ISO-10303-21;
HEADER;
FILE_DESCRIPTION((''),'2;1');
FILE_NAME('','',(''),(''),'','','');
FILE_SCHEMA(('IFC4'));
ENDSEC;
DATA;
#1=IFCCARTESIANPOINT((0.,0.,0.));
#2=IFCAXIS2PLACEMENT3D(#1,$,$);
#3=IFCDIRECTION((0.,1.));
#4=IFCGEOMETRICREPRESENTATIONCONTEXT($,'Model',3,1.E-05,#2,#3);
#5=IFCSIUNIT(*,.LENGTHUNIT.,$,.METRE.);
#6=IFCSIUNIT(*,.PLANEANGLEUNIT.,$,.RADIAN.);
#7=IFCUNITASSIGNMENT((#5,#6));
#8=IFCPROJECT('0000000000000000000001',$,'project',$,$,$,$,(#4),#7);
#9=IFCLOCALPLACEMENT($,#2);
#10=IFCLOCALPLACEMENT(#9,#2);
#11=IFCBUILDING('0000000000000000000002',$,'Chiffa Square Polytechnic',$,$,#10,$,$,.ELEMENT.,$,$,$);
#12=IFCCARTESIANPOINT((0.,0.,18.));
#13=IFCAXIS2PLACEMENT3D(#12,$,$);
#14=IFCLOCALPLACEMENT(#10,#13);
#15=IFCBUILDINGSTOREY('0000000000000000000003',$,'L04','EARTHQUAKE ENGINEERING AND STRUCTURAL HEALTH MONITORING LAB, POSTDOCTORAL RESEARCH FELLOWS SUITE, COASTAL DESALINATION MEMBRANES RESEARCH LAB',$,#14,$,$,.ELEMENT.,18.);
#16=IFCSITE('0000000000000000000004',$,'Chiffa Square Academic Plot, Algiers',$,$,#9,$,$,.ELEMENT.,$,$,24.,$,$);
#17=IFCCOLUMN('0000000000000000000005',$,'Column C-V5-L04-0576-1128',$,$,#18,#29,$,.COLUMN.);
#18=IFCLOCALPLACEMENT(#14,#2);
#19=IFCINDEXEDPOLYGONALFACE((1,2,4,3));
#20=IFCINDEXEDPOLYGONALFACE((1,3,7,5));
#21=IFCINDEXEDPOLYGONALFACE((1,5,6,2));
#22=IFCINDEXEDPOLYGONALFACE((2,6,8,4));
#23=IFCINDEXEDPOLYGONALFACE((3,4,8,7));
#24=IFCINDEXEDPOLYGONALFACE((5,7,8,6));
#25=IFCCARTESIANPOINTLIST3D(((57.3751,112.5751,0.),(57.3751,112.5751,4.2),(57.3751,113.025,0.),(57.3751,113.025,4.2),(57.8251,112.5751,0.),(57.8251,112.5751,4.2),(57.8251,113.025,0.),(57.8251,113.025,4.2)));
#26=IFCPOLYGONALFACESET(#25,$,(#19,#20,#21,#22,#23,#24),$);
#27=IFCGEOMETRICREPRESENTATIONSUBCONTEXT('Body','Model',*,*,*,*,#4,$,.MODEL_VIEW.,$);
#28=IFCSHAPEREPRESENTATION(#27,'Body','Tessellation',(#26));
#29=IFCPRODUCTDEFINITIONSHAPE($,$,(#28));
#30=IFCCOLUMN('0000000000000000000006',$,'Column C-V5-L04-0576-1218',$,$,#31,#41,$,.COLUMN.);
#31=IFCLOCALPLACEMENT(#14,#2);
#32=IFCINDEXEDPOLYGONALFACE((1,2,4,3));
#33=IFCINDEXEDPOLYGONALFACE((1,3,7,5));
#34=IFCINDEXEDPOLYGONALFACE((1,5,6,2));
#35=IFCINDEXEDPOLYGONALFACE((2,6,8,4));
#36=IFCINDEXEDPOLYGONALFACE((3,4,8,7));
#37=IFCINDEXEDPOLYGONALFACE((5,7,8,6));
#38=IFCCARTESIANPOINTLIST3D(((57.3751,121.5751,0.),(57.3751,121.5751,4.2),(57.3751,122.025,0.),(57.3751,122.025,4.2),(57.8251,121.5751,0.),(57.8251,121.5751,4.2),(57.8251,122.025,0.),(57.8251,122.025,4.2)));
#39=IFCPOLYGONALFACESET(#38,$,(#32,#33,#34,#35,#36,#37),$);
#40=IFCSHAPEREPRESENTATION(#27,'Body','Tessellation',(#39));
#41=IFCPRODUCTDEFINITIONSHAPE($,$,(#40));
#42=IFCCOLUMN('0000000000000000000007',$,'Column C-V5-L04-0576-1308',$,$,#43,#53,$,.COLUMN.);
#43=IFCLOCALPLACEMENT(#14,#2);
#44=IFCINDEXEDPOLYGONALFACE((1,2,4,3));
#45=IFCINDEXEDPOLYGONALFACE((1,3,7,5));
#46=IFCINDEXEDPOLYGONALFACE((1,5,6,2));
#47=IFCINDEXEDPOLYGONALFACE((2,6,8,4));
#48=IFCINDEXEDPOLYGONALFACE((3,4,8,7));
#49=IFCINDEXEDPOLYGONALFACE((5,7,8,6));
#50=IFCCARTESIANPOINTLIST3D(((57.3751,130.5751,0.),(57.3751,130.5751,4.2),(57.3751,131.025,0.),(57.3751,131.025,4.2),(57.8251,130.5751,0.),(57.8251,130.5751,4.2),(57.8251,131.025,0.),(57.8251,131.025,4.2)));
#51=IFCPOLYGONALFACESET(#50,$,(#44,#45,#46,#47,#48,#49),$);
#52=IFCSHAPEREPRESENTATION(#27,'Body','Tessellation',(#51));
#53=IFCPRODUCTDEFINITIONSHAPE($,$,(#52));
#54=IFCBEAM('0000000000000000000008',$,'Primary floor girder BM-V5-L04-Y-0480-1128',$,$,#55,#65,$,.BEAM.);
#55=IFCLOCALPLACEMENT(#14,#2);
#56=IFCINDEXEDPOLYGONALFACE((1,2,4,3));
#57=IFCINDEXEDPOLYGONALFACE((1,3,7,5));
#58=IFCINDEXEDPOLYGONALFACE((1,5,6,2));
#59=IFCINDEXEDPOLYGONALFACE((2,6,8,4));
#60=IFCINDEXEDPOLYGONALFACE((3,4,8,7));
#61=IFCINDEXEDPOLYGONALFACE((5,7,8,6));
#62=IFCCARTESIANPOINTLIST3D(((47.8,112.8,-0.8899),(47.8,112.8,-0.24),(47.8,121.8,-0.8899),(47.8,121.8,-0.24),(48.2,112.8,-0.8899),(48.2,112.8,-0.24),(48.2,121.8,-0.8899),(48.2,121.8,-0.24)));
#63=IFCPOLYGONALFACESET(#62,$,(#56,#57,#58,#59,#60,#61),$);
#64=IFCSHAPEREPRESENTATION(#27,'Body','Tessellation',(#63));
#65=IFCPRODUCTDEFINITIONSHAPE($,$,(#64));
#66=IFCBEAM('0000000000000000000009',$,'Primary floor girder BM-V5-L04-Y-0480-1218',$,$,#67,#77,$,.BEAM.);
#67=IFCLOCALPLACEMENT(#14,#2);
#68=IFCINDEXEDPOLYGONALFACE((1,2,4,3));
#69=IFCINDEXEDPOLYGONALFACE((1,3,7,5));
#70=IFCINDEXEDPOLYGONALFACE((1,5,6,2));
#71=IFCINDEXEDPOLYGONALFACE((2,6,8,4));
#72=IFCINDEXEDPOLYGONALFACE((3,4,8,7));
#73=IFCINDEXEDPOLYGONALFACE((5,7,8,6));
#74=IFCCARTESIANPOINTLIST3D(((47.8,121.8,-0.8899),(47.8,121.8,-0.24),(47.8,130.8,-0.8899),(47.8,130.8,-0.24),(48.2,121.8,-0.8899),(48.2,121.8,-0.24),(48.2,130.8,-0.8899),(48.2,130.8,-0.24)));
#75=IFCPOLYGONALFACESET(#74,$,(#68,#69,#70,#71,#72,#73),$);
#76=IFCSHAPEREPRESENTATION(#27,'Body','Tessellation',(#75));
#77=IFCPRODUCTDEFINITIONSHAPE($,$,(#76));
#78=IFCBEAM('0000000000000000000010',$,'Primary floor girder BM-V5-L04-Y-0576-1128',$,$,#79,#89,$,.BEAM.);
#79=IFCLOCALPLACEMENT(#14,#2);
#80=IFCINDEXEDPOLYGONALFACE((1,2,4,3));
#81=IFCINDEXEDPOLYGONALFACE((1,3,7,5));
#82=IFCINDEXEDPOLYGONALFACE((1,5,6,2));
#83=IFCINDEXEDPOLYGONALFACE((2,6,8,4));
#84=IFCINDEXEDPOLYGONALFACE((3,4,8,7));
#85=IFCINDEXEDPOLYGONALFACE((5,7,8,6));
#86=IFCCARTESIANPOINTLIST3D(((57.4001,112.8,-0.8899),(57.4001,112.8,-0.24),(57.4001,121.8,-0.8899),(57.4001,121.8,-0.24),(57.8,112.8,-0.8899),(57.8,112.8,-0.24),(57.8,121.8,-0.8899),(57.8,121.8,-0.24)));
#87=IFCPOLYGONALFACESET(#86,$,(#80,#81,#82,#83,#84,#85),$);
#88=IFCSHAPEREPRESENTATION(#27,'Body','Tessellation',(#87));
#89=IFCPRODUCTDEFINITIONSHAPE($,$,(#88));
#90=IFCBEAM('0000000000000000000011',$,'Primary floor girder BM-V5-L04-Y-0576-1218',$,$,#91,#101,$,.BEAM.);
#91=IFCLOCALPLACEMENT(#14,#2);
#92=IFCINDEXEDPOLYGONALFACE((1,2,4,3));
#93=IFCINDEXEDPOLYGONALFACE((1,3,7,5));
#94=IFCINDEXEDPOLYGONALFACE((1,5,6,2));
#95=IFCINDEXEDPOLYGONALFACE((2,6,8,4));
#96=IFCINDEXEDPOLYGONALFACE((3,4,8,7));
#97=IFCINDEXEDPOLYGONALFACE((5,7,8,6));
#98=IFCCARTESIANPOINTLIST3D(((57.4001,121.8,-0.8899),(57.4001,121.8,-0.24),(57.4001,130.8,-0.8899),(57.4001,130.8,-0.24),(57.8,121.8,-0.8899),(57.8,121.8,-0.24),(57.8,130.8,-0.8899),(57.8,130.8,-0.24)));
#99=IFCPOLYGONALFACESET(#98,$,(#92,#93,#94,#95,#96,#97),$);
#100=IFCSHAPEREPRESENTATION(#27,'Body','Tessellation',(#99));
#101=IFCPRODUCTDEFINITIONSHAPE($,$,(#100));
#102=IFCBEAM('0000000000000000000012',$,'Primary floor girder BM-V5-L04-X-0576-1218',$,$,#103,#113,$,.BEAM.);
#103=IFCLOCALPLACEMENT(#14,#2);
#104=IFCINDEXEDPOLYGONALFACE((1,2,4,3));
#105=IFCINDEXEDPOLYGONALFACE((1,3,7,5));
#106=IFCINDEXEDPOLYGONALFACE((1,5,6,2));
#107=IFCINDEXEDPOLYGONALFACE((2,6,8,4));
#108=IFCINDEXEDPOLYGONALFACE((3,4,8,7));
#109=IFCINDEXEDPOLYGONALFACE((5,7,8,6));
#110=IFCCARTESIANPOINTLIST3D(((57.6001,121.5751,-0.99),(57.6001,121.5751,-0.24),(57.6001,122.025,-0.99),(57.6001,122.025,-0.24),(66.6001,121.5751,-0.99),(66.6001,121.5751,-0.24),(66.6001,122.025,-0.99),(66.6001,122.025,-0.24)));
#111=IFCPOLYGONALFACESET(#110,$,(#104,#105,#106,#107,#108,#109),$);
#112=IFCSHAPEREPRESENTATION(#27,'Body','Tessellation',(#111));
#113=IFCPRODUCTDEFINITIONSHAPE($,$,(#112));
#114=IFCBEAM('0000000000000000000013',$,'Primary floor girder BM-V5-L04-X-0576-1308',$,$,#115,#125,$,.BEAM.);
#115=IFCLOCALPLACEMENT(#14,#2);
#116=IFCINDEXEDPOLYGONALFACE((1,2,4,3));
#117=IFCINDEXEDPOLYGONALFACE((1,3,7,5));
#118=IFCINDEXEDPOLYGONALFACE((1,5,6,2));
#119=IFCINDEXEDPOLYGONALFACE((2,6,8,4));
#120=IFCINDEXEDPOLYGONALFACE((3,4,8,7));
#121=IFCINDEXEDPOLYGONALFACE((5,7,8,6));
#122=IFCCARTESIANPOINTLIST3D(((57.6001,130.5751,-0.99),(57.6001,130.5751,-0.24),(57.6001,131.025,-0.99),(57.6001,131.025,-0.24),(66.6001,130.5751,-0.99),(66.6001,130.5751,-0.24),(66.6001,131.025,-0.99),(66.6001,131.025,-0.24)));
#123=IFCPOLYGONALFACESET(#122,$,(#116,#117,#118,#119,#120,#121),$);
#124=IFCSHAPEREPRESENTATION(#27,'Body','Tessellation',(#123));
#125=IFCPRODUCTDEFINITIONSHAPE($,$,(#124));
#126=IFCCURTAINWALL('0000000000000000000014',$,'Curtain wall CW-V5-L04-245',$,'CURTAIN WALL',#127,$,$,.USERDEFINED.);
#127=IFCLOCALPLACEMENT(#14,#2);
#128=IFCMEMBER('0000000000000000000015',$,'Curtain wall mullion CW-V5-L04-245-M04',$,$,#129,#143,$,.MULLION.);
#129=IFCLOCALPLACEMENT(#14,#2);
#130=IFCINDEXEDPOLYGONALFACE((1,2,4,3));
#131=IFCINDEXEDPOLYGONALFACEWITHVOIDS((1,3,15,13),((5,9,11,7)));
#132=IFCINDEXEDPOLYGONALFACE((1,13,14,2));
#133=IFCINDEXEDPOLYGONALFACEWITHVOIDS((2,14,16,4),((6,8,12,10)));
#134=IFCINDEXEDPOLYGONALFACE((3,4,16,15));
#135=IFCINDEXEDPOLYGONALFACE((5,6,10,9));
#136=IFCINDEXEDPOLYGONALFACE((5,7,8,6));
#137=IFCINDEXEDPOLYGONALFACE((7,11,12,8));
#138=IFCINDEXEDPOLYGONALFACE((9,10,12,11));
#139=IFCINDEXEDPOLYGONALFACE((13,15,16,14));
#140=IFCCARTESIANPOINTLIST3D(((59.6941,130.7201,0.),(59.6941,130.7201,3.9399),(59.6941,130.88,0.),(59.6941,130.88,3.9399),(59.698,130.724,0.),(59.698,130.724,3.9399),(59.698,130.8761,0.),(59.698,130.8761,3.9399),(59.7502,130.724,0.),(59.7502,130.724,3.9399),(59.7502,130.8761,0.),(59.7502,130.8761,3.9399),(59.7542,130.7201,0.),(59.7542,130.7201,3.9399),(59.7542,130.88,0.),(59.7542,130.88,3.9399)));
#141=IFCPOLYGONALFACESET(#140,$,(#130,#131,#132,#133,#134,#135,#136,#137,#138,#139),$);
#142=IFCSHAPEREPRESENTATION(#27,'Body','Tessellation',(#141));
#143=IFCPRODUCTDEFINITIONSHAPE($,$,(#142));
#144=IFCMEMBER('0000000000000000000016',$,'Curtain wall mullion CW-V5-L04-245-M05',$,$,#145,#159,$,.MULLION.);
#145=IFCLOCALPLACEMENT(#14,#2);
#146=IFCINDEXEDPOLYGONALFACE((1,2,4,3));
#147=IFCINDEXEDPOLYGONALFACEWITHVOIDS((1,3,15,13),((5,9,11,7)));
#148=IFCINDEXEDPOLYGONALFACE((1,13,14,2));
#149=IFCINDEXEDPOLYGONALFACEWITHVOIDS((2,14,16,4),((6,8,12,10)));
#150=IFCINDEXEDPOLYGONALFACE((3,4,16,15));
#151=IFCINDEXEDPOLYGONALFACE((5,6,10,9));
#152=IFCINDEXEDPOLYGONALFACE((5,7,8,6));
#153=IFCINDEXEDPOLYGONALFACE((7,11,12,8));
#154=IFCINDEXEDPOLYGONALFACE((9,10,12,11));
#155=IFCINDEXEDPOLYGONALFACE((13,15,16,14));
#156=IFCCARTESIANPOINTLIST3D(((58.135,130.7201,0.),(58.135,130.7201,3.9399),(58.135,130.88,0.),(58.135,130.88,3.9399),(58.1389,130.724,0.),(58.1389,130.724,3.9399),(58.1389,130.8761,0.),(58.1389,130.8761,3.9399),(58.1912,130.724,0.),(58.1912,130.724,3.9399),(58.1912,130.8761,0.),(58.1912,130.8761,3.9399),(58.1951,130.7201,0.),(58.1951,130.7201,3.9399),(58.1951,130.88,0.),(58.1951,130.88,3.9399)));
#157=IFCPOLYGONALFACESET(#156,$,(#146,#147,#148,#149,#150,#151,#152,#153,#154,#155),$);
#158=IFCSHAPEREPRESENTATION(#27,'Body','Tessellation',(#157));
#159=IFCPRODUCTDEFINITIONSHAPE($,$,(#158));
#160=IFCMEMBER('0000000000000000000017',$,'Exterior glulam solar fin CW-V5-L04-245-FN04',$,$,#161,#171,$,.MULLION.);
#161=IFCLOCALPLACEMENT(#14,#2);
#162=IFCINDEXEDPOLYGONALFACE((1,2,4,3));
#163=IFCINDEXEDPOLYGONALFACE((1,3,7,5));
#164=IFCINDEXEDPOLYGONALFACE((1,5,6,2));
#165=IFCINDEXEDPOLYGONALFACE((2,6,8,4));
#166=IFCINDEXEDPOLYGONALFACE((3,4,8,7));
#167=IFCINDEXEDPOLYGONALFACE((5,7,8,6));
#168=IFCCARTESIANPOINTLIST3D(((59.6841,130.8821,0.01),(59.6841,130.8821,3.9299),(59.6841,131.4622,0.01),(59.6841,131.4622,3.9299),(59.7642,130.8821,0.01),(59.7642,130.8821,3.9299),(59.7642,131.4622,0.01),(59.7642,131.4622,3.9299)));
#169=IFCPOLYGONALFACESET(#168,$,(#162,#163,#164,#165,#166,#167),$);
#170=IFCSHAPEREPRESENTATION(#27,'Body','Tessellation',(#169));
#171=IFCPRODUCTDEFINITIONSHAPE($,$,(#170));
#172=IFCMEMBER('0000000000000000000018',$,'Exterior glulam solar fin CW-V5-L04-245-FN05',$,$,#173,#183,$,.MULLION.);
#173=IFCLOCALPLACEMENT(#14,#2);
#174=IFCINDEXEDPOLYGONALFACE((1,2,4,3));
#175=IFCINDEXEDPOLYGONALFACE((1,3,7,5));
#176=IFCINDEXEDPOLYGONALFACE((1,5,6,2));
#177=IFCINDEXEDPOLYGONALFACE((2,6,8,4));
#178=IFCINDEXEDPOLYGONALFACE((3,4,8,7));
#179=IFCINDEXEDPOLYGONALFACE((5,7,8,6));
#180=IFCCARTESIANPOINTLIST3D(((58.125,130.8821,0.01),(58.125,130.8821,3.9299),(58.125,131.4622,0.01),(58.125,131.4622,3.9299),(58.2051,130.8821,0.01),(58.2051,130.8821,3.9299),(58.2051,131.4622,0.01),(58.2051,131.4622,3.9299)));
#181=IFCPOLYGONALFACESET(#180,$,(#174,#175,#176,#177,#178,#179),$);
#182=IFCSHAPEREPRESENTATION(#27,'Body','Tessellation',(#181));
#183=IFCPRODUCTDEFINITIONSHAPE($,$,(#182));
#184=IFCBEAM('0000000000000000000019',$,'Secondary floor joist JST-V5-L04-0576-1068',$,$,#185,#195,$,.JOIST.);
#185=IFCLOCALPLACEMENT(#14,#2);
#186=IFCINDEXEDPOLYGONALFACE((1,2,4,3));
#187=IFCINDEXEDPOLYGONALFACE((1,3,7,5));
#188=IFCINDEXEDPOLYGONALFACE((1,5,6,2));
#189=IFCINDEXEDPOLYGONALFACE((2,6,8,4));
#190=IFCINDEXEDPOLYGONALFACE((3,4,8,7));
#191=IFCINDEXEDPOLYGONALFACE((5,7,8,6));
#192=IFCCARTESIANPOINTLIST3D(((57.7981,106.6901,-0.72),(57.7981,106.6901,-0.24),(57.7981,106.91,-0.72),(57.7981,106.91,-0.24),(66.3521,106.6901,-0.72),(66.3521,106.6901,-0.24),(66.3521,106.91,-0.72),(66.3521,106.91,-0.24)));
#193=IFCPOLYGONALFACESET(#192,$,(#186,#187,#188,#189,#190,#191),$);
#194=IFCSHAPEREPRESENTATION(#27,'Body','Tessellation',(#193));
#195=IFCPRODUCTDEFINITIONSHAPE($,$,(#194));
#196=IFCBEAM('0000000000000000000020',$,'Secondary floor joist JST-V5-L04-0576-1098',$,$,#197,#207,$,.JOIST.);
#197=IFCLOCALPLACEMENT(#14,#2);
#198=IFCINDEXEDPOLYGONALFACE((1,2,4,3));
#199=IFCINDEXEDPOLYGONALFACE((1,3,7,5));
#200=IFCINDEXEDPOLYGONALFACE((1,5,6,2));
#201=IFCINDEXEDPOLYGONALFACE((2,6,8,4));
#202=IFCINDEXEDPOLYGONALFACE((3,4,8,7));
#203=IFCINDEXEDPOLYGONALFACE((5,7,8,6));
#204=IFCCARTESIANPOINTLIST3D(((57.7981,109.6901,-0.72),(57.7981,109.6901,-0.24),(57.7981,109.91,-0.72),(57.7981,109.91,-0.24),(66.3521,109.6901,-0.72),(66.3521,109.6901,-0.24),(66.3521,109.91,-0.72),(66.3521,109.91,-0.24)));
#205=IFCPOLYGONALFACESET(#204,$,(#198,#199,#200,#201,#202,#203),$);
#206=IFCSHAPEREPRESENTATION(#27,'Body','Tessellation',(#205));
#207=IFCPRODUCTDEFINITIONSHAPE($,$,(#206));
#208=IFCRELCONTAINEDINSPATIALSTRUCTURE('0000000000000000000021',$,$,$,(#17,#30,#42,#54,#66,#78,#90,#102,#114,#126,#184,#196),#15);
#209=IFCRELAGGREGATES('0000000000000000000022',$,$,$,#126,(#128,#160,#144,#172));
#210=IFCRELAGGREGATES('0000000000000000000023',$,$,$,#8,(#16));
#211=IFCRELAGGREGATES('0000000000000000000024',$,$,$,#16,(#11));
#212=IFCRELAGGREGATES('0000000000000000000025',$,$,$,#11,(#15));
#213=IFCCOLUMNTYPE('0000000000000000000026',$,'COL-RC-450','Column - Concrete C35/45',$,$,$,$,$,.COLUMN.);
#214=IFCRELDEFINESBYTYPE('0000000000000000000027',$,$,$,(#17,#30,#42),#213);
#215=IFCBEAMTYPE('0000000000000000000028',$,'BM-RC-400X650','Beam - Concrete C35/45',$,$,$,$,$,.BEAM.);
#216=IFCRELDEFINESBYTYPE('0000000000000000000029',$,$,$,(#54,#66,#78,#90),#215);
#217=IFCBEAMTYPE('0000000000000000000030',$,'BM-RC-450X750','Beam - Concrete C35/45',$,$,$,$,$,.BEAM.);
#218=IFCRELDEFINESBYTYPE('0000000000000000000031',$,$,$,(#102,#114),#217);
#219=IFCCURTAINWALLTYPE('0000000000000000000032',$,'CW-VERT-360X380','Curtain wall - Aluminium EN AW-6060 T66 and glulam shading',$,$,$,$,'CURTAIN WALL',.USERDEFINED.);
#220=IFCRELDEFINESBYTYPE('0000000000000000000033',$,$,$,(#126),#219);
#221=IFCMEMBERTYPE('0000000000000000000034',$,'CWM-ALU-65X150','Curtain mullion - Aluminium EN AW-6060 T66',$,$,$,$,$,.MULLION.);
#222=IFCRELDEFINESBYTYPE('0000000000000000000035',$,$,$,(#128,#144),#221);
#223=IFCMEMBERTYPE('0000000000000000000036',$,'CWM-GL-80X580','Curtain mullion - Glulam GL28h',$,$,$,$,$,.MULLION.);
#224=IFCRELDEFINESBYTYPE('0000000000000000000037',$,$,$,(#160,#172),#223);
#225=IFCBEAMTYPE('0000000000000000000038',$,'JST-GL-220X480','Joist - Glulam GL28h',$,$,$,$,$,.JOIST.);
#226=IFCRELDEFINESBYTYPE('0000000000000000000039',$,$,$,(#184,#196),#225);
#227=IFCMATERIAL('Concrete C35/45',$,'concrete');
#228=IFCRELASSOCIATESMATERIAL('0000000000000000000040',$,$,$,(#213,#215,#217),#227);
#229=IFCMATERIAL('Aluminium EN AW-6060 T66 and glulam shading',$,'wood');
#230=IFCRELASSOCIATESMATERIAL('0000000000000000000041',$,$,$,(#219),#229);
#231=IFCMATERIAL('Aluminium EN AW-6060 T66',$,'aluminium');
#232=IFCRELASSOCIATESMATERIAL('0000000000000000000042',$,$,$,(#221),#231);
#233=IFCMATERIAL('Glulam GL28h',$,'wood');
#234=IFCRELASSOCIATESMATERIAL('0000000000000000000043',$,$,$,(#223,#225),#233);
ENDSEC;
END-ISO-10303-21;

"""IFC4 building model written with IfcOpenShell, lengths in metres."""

from ifc_helpers import new_model, si_unit, direction, frame, origin, origin_2d, place, context, subcontext, project, spatial, rectangle, hollow_rectangle, extrude, material, material_profile, profile_set, type_object, element, aggregate, save


model = new_model("IFC4")

# Units and contexts
model_context = context("Model", 3, precision=1e-05, world=origin(), true_north=direction((0.0, 1.0)))
body_context = subcontext(model_context, "Body", "Model", "MODEL_VIEW")
ifc_project = project(units=[si_unit("LENGTHUNIT", "METRE"), si_unit("PLANEANGLEUNIT", "RADIAN")], contexts=[model_context])

# Site, building, storey
site_placement = place(None, origin())
site = spatial("IfcSite", under=ifc_project, at=site_placement, Name="Chiffa Square Academic Plot, Algiers", CompositionType="ELEMENT", RefElevation=24.0)
building_placement = place(site_placement, origin())
building = spatial("IfcBuilding", under=site, at=building_placement, Name="Chiffa Square Polytechnic", CompositionType="ELEMENT")
storey_placement = place(building_placement, frame((0.0, 0.0, 18.0)))
storey = spatial("IfcBuildingStorey", under=building, at=storey_placement, Name="L04", Description="EARTHQUAKE ENGINEERING AND STRUCTURAL HEALTH MONITORING LAB, POSTDOCTORAL RESEARCH FELLOWS SUITE, COASTAL DESALINATION MEMBRANES RESEARCH LAB", CompositionType="ELEMENT", Elevation=18.0)

# Columns
ifc_material_1 = material(Name="Concrete C35/45", Category="concrete")
ifc_material_profile_1 = material_profile(ifc_material_1, rectangle(XDim=0.45, YDim=0.45, at=origin_2d()), Name="RC 450x450")
ifc_profile_set_1 = profile_set([ifc_material_profile_1], Name="Concrete C35/45")
column_type = type_object("IfcColumnType", Name="COL-RC-450", Description="Column - Concrete C35/45", PredefinedType="COLUMN", material=ifc_profile_set_1)
for number, where, z_axis, x_axis, name in (
    (1, (57.6001, 112.8, 0.0), (0.0, 0.0, 1.0), (1.0, 0.0, 0.0), "Column C-V5-L04-0576-1128"),
    (2, (57.6001, 121.8, 0.0), (0.0, 0.0, 1.0), (1.0, 0.0, 0.0), "Column C-V5-L04-0576-1218"),
    (3, (57.6001, 130.8, 0.0), (0.0, 0.0, 1.0), (1.0, 0.0, 0.0), "Column C-V5-L04-0576-1308"),
):
    element("IfcColumn", number, at=place(storey_placement, frame(where, z_axis=z_axis, x_axis=x_axis)), inside=storey, type_object=column_type, Name=name, PredefinedType="COLUMN", context=body_context, shape_type="SweptSolid", body=[
        extrude(rectangle(XDim=0.45, YDim=0.45, at=origin_2d()), origin(), (0.0, 0.0, 1.0), 4.2),
    ])

# Beams
ifc_material_profile_2 = material_profile(ifc_material_1, rectangle(XDim=0.3999, YDim=0.6499, at=origin_2d()), Name="RC 400x650")
ifc_profile_set_2 = profile_set([ifc_material_profile_2], Name="Concrete C35/45")
beam_type_1 = type_object("IfcBeamType", Name="BM-RC-400X650", Description="Beam - Concrete C35/45", PredefinedType="BEAM", material=ifc_profile_set_2)
for number, where, z_axis, x_axis, name in (
    (4, (48.0, 112.8, -0.5649), (0.0, 1.0, 0.0), (-1.0, 0.0, 0.0), "Primary floor girder BM-V5-L04-Y-0480-1128"),
    (5, (48.0, 121.8, -0.5649), (0.0, 1.0, 0.0), (-1.0, 0.0, 0.0), "Primary floor girder BM-V5-L04-Y-0480-1218"),
    (6, (57.6001, 112.8, -0.5649), (0.0, 1.0, 0.0), (-1.0, 0.0, 0.0), "Primary floor girder BM-V5-L04-Y-0576-1128"),
    (7, (57.6001, 121.8, -0.5649), (0.0, 1.0, 0.0), (-1.0, 0.0, 0.0), "Primary floor girder BM-V5-L04-Y-0576-1218"),
):
    element("IfcBeam", number, at=place(storey_placement, frame(where, z_axis=z_axis, x_axis=x_axis)), inside=storey, type_object=beam_type_1, Name=name, PredefinedType="BEAM", context=body_context, shape_type="SweptSolid", body=[
        extrude(rectangle(XDim=0.3999, YDim=0.6499, at=origin_2d()), origin(), (0.0, 0.0, 1.0), 9.0),
    ])
ifc_material_profile_3 = material_profile(ifc_material_1, rectangle(XDim=0.45, YDim=0.75, at=origin_2d()), Name="RC 450x750")
ifc_profile_set_3 = profile_set([ifc_material_profile_3], Name="Concrete C35/45")
beam_type_2 = type_object("IfcBeamType", Name="BM-RC-450X750", Description="Beam - Concrete C35/45", PredefinedType="BEAM", material=ifc_profile_set_3)
for number, where, z_axis, x_axis, name in (
    (8, (57.6001, 121.8, -0.615), (1.0, 0.0, 0.0), (0.0, 1.0, 0.0), "Primary floor girder BM-V5-L04-X-0576-1218"),
    (9, (57.6001, 130.8, -0.615), (1.0, 0.0, 0.0), (0.0, 1.0, 0.0), "Primary floor girder BM-V5-L04-X-0576-1308"),
):
    element("IfcBeam", number, at=place(storey_placement, frame(where, z_axis=z_axis, x_axis=x_axis)), inside=storey, type_object=beam_type_2, Name=name, PredefinedType="BEAM", context=body_context, shape_type="SweptSolid", body=[
        extrude(rectangle(XDim=0.45, YDim=0.75, at=origin_2d()), origin(), (0.0, 0.0, 1.0), 9.0),
    ])

# Curtain wall, members
ifc_material_2 = material(Name="Aluminium EN AW-6060 T66 and glulam shading", Category="wood")
curtain_wall_type = type_object("IfcCurtainWallType", Name="CW-VERT-360X380", Description="Curtain wall - Aluminium EN AW-6060 T66 and glulam shading", ElementType="CURTAIN WALL", PredefinedType="USERDEFINED", material=ifc_material_2)
curtain_wall_placement = place(storey_placement, origin())
curtain_wall = element("IfcCurtainWall", 10, at=curtain_wall_placement, inside=storey, type_object=curtain_wall_type, Name="Curtain wall CW-V5-L04-245", ObjectType="CURTAIN WALL", PredefinedType="USERDEFINED")
ifc_material_3 = material(Name="Aluminium EN AW-6060 T66", Category="aluminium")
ifc_material_profile_4 = material_profile(ifc_material_3, hollow_rectangle(XDim=0.0601, YDim=0.1599, WallThickness=0.0039, at=origin_2d()), Name="ALU 60x160x4")
ifc_profile_set_4 = profile_set([ifc_material_profile_4], Name="Aluminium EN AW-6060 T66")
member_type_1 = type_object("IfcMemberType", Name="CWM-ALU-65X150", Description="Curtain mullion - Aluminium EN AW-6060 T66", PredefinedType="MULLION", material=ifc_profile_set_4)
member_1_placement = place(storey_placement, frame((59.7241, 130.8, 0.0), z_axis=(0.0, 0.0, 1.0), x_axis=(1.0, 0.0, 0.0)))
member_1 = element("IfcMember", 11, at=member_1_placement, type_object=member_type_1, Name="Curtain wall mullion CW-V5-L04-245-M04", PredefinedType="MULLION", context=body_context, shape_type="SweptSolid", body=[
    extrude(hollow_rectangle(XDim=0.0601, YDim=0.1599, WallThickness=0.0039, at=origin_2d()), origin(), (0.0, 0.0, 1.0), 3.9399),
])
member_2_placement = place(storey_placement, frame((58.165, 130.8, 0.0), z_axis=(0.0, 0.0, 1.0), x_axis=(1.0, 0.0, 0.0)))
member_2 = element("IfcMember", 12, at=member_2_placement, type_object=member_type_1, Name="Curtain wall mullion CW-V5-L04-245-M05", PredefinedType="MULLION", context=body_context, shape_type="SweptSolid", body=[
    extrude(hollow_rectangle(XDim=0.0601, YDim=0.1599, WallThickness=0.0039, at=origin_2d()), origin(), (0.0, 0.0, 1.0), 3.9399),
])
ifc_material_4 = material(Name="Glulam GL28h", Category="wood")
ifc_material_profile_5 = material_profile(ifc_material_4, rectangle(XDim=0.0801, YDim=0.5801, at=origin_2d()), Name="GL28h 80x580")
ifc_profile_set_5 = profile_set([ifc_material_profile_5], Name="Glulam GL28h")
member_type_2 = type_object("IfcMemberType", Name="CWM-GL-80X580", Description="Curtain mullion - Glulam GL28h", PredefinedType="MULLION", material=ifc_profile_set_5)
member_3_placement = place(storey_placement, frame((59.7241, 131.1721, 0.01), z_axis=(0.0, 0.0, 1.0), x_axis=(-1.0, 0.0, 0.0)))
member_3 = element("IfcMember", 13, at=member_3_placement, type_object=member_type_2, Name="Exterior glulam solar fin CW-V5-L04-245-FN04", PredefinedType="MULLION", context=body_context, shape_type="SweptSolid", body=[
    extrude(rectangle(XDim=0.0801, YDim=0.5801, at=origin_2d()), origin(), (0.0, 0.0, 1.0), 3.9199),
])
member_4_placement = place(storey_placement, frame((58.165, 131.1721, 0.01), z_axis=(0.0, 0.0, 1.0), x_axis=(-1.0, 0.0, 0.0)))
member_4 = element("IfcMember", 14, at=member_4_placement, type_object=member_type_2, Name="Exterior glulam solar fin CW-V5-L04-245-FN05", PredefinedType="MULLION", context=body_context, shape_type="SweptSolid", body=[
    extrude(rectangle(XDim=0.0801, YDim=0.5801, at=origin_2d()), origin(), (0.0, 0.0, 1.0), 3.9199),
])

# Beams
ifc_material_profile_6 = material_profile(ifc_material_4, rectangle(XDim=0.22, YDim=0.48, at=origin_2d()), Name="GL28h 220x480")
ifc_profile_set_6 = profile_set([ifc_material_profile_6], Name="Glulam GL28h")
beam_type_3 = type_object("IfcBeamType", Name="JST-GL-220X480", Description="Joist - Glulam GL28h", PredefinedType="JOIST", material=ifc_profile_set_6)
for number, where, z_axis, x_axis, name in (
    (15, (57.7981, 106.8, -0.48), (1.0, 0.0, 0.0), (0.0, 1.0, 0.0), "Secondary floor joist JST-V5-L04-0576-1068"),
    (16, (57.7981, 109.8, -0.48), (1.0, 0.0, 0.0), (0.0, 1.0, 0.0), "Secondary floor joist JST-V5-L04-0576-1098"),
):
    element("IfcBeam", number, at=place(storey_placement, frame(where, z_axis=z_axis, x_axis=x_axis)), inside=storey, type_object=beam_type_3, Name=name, PredefinedType="JOIST", context=body_context, shape_type="SweptSolid", body=[
        extrude(rectangle(XDim=0.22, YDim=0.48, at=origin_2d()), origin(), (0.0, 0.0, 1.0), 8.554),
    ])

aggregate(curtain_wall, [member_1, member_3, member_2, member_4])

save(model, "model.ifc")
